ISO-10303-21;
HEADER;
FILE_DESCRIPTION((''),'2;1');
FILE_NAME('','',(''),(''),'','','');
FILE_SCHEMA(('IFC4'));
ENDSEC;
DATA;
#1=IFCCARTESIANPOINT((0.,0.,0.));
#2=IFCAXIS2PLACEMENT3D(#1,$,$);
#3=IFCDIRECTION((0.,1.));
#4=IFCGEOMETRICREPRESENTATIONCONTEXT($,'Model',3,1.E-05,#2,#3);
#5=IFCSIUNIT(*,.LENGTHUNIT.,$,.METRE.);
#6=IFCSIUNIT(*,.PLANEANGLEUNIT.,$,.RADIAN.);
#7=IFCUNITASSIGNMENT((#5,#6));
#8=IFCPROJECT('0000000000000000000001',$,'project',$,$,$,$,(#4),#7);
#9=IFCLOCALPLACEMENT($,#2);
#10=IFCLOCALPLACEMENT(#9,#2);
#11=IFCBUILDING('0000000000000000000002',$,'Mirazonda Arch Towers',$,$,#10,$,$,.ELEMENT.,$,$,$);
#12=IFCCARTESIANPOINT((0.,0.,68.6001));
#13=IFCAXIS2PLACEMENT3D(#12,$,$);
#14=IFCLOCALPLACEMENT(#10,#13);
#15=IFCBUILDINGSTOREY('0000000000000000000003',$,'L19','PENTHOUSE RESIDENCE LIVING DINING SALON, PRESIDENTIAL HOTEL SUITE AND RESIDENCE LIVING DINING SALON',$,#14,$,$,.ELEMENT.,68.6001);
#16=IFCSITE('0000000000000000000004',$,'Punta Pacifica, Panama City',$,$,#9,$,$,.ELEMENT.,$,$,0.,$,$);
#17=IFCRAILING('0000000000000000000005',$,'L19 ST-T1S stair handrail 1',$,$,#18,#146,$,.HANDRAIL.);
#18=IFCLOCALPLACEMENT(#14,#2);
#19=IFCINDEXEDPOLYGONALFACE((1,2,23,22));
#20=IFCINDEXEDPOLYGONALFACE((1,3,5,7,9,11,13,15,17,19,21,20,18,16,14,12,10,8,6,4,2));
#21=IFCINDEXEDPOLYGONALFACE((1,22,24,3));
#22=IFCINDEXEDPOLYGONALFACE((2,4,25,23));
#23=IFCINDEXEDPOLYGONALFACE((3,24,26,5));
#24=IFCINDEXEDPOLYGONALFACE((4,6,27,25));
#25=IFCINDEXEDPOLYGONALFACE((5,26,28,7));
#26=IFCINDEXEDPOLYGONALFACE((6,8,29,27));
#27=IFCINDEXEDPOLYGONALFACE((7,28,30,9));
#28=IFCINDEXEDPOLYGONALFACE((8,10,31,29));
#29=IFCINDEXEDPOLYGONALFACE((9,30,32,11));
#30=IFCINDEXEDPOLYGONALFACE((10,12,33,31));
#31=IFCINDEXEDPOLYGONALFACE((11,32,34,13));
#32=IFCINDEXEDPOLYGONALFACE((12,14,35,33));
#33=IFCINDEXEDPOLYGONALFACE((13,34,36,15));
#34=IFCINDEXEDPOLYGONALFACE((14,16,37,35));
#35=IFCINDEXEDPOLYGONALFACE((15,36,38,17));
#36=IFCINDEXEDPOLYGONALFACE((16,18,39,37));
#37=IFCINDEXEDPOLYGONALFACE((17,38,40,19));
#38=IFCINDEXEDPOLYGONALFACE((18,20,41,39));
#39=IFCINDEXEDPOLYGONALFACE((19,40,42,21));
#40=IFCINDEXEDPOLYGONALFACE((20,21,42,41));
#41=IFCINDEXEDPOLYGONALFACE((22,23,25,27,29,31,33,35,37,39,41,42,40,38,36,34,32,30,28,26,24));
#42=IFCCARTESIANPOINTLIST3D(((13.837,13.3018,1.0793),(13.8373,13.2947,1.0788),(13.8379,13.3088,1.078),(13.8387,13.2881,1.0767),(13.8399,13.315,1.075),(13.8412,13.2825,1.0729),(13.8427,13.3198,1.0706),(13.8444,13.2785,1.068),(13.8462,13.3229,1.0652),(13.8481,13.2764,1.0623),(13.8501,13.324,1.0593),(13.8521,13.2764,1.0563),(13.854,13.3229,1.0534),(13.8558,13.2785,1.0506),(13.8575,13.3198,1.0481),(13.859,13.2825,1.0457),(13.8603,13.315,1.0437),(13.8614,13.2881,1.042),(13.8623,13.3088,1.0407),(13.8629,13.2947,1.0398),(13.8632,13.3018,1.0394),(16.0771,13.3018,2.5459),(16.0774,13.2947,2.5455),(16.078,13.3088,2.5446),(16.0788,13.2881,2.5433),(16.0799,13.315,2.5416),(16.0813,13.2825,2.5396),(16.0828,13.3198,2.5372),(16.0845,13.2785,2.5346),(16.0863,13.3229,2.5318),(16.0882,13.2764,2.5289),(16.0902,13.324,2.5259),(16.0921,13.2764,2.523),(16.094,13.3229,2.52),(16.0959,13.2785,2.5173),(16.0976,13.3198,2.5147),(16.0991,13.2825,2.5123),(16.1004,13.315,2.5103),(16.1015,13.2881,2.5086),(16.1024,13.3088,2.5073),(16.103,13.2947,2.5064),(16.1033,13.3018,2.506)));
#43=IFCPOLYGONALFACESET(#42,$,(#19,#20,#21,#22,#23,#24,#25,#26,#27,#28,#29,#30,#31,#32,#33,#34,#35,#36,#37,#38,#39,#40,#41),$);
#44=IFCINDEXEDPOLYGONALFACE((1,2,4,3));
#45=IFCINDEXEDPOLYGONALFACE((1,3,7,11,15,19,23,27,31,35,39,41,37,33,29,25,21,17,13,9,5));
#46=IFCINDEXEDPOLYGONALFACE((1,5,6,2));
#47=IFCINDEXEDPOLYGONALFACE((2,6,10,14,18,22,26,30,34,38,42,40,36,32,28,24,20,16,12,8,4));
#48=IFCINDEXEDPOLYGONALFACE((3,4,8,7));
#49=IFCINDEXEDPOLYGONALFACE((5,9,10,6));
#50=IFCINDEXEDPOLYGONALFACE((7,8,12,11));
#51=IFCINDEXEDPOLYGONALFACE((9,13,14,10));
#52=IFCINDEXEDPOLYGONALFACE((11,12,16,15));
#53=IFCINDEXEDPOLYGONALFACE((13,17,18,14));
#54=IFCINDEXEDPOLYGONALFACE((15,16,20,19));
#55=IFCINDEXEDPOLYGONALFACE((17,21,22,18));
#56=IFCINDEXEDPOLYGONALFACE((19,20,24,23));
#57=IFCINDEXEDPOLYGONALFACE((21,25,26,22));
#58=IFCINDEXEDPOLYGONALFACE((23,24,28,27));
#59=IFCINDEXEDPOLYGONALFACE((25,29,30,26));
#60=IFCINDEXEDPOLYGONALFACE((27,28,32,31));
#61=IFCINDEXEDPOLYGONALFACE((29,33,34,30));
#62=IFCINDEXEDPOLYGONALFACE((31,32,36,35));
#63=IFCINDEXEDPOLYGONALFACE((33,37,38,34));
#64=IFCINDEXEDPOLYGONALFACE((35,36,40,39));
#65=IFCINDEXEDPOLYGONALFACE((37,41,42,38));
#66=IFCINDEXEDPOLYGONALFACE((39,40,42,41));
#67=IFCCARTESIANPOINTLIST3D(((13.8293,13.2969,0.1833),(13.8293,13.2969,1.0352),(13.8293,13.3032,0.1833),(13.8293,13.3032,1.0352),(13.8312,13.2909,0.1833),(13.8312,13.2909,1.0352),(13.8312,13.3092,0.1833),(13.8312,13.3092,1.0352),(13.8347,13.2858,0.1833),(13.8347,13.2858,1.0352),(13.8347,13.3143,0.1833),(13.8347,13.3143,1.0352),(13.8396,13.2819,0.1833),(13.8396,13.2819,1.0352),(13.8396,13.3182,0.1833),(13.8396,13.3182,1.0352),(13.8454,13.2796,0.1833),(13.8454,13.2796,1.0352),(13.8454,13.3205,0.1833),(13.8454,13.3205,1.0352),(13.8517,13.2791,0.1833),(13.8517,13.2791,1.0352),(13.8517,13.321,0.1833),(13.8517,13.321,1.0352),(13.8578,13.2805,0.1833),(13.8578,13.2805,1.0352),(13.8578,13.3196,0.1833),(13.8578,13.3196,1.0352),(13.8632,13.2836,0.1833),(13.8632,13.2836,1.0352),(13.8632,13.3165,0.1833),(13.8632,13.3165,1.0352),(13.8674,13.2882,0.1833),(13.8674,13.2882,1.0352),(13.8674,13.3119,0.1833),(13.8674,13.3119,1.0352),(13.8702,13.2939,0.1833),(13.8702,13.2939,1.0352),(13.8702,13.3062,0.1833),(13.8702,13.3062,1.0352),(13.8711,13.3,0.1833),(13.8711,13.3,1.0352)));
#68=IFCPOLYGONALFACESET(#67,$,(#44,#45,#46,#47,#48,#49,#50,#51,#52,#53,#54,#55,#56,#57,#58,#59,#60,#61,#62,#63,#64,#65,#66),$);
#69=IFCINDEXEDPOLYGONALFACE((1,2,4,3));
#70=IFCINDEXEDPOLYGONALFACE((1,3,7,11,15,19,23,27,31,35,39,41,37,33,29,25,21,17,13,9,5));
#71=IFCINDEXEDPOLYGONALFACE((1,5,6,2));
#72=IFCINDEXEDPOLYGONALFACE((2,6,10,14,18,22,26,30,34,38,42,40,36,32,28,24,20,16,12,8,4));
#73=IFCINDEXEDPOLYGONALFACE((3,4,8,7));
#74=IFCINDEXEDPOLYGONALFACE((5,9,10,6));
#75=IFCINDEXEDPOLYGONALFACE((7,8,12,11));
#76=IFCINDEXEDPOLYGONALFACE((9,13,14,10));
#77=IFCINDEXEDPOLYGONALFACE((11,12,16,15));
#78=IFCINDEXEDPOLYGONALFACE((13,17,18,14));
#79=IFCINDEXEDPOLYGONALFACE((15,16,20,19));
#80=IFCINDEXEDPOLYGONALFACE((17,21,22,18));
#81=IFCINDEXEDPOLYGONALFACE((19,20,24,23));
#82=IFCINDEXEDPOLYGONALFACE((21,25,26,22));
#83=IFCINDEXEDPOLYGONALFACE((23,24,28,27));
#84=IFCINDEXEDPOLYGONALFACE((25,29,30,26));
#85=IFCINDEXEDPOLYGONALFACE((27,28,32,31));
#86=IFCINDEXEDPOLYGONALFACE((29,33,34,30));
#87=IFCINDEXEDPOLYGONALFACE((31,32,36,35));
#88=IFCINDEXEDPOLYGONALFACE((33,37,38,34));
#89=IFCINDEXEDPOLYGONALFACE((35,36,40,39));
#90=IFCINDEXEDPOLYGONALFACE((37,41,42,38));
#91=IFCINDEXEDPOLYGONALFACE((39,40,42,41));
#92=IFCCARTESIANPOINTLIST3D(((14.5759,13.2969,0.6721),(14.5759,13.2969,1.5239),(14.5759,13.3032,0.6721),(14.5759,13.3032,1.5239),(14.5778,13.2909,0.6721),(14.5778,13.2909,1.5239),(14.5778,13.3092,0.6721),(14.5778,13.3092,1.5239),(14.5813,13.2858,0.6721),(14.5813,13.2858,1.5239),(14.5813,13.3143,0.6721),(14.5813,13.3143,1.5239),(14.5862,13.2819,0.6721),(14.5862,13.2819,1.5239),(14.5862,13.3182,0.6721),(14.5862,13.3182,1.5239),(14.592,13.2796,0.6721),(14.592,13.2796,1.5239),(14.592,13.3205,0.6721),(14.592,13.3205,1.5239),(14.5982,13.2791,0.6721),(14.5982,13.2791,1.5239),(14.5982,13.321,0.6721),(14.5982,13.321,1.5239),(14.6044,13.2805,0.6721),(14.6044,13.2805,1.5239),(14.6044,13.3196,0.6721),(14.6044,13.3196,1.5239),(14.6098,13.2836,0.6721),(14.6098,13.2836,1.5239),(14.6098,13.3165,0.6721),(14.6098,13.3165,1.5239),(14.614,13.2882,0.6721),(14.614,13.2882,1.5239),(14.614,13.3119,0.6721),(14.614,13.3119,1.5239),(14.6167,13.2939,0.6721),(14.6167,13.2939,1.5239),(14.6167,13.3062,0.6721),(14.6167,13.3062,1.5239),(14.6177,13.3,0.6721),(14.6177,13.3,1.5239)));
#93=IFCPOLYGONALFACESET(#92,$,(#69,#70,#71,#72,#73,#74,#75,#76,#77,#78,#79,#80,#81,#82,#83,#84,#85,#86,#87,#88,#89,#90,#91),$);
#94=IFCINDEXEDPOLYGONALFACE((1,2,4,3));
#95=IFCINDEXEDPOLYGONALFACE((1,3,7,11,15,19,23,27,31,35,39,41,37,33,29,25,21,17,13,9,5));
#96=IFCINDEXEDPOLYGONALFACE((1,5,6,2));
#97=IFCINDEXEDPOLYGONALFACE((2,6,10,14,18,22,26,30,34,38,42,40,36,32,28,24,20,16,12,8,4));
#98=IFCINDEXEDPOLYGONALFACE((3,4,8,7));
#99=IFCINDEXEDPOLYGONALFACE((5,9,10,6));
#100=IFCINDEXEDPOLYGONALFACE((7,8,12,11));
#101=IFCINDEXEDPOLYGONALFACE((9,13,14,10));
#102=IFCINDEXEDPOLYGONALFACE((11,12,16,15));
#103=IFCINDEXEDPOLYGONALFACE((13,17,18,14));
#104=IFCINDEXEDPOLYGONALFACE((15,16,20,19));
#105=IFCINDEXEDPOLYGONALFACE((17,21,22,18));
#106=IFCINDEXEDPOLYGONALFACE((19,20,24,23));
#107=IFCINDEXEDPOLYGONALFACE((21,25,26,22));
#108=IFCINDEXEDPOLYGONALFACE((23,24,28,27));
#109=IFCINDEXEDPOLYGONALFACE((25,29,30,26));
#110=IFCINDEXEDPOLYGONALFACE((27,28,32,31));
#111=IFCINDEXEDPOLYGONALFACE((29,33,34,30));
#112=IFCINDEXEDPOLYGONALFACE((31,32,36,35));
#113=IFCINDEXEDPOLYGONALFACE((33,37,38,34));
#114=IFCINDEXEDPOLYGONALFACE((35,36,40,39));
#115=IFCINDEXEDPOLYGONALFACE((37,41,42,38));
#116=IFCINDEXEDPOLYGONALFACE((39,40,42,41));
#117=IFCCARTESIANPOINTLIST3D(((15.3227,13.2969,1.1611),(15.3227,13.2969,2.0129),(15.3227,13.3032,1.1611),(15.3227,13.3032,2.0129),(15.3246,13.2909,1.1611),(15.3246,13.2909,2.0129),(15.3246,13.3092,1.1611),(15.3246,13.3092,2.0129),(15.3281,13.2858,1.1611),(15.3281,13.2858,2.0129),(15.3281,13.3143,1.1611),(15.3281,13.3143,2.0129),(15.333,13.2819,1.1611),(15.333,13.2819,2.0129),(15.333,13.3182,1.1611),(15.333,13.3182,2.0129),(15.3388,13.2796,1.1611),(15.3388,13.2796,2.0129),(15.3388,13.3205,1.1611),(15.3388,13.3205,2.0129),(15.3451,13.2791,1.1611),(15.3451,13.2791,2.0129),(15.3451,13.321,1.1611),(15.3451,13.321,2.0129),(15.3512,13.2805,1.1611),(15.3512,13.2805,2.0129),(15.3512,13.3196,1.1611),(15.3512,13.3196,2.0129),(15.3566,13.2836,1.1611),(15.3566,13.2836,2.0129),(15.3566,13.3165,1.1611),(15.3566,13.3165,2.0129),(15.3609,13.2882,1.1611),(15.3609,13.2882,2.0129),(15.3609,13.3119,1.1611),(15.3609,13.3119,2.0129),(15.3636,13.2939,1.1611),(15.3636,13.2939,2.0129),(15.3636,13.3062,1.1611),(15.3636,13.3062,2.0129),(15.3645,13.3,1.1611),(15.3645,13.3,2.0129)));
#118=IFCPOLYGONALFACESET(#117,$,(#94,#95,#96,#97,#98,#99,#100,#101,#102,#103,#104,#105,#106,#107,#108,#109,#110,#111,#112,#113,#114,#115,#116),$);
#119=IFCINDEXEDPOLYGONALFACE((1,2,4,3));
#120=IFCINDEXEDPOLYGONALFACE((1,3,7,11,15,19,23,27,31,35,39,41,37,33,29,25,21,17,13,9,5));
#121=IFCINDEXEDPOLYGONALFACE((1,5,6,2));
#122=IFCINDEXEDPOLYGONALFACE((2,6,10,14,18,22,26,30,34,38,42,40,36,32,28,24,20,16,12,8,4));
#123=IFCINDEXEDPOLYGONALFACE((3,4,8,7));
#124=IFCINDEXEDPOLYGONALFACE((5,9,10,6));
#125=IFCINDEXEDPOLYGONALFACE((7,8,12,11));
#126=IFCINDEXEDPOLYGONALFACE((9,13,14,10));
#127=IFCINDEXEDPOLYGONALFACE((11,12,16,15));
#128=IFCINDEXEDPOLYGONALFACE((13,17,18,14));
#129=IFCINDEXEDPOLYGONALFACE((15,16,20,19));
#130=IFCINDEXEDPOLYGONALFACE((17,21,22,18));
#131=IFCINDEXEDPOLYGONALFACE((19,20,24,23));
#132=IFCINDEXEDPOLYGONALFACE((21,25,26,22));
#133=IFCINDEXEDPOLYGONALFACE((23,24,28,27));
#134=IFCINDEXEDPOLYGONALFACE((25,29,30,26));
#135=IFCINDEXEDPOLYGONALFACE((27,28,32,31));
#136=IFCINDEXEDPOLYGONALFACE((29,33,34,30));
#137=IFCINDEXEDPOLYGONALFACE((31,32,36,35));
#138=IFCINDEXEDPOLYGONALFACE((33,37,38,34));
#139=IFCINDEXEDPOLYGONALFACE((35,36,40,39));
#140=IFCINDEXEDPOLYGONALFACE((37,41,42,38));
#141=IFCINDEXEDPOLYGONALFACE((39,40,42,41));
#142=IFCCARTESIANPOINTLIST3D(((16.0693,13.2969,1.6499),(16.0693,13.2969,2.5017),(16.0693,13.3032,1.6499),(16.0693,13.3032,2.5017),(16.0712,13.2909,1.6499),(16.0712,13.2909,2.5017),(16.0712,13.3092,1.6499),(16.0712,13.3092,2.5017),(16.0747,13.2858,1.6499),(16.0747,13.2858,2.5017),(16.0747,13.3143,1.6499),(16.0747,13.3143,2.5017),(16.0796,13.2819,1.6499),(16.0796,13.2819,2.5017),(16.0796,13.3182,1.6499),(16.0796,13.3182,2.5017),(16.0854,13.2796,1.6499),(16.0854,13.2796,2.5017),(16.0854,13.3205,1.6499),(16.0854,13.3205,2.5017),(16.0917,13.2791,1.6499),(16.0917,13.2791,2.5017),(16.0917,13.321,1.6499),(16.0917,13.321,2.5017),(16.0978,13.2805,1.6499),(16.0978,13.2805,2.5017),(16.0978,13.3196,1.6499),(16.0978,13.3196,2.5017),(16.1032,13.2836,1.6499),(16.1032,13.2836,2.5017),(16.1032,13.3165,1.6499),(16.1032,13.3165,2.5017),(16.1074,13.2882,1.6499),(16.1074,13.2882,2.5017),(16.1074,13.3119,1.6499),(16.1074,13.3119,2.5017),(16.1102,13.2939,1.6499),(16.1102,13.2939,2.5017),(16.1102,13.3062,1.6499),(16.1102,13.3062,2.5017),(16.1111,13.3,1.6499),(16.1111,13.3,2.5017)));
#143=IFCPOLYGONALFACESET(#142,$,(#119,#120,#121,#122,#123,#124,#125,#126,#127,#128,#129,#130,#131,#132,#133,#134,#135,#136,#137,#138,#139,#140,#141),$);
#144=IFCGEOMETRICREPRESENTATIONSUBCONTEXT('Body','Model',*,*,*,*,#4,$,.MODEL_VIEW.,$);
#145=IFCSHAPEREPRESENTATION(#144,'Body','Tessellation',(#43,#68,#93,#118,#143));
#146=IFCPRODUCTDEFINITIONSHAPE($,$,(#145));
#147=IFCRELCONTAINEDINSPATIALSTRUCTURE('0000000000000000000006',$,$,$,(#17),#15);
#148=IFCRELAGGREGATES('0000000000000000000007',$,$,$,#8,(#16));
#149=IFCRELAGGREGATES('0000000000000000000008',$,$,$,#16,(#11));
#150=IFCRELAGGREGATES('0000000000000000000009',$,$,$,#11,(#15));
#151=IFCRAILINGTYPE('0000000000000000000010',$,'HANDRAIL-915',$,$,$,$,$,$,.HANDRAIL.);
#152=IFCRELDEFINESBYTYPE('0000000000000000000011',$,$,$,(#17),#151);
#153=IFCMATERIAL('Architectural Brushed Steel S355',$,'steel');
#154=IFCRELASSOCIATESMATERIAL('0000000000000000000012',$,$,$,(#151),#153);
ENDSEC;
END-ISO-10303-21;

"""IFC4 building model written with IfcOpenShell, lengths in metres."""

from ifc_helpers import new_model, si_unit, direction, frame, origin, origin_2d, place, context, subcontext, project, spatial, circle, extrude, material, type_object, element, save


model = new_model("IFC4")

# Units and contexts
model_context = context("Model", 3, precision=1e-05, world=origin(), true_north=direction((0.0, 1.0)))
body_context = subcontext(model_context, "Body", "Model", "MODEL_VIEW")
ifc_project = project(units=[si_unit("LENGTHUNIT", "METRE"), si_unit("PLANEANGLEUNIT", "RADIAN")], contexts=[model_context])

# Site, building, storey
site_placement = place(None, origin())
site = spatial("IfcSite", under=ifc_project, at=site_placement, Name="Punta Pacifica, Panama City", CompositionType="ELEMENT", RefElevation=0.0)
building_placement = place(site_placement, origin())
building = spatial("IfcBuilding", under=site, at=building_placement, Name="Mirazonda Arch Towers", CompositionType="ELEMENT")
storey_placement = place(building_placement, frame((0.0, 0.0, 68.6001)))
storey = spatial("IfcBuildingStorey", under=building, at=storey_placement, Name="L19", Description="PENTHOUSE RESIDENCE LIVING DINING SALON, PRESIDENTIAL HOTEL SUITE AND RESIDENCE LIVING DINING SALON", CompositionType="ELEMENT", Elevation=68.6001)

# Shared definitions
ifc_material_1 = material(Name="Architectural Brushed Steel S355", Category="steel")

# Railing
railing_type_1 = type_object("IfcRailingType", Name="HANDRAIL-915", PredefinedType="HANDRAIL", material=ifc_material_1)
railing_1_placement = place(storey_placement, frame((13.8501, 13.3, 0.1833)))
element("IfcRailing", 1, at=railing_1_placement, inside=storey, type_object=railing_type_1, Name="L19 ST-T1S stair handrail 1", PredefinedType="HANDRAIL", context=body_context, shape_type="SweptSolid", body=[
    extrude(circle(Radius=0.0239, at=origin_2d()), frame((0.0, 0.0, 0.876), z_axis=(0.836637, 0.0, 0.547758), x_axis=(0.0, 1.0, 0.0)), (0.0, 0.0, 1.0), 2.6775),
    extrude(circle(Radius=0.021, at=origin_2d()), origin(), (0.0, 0.0, 1.0), 0.8518),
    extrude(circle(Radius=0.021, at=origin_2d()), frame((0.7466, 0.0, 0.4888)), (0.0, 0.0, 1.0), 0.8518),
    extrude(circle(Radius=0.021, at=origin_2d()), frame((1.4934, 0.0, 0.9778)), (0.0, 0.0, 1.0), 0.8518),
    extrude(circle(Radius=0.021, at=origin_2d()), frame((2.24, 0.0, 1.4666)), (0.0, 0.0, 1.0), 0.8518),
])

save(model, "model.ifc")
